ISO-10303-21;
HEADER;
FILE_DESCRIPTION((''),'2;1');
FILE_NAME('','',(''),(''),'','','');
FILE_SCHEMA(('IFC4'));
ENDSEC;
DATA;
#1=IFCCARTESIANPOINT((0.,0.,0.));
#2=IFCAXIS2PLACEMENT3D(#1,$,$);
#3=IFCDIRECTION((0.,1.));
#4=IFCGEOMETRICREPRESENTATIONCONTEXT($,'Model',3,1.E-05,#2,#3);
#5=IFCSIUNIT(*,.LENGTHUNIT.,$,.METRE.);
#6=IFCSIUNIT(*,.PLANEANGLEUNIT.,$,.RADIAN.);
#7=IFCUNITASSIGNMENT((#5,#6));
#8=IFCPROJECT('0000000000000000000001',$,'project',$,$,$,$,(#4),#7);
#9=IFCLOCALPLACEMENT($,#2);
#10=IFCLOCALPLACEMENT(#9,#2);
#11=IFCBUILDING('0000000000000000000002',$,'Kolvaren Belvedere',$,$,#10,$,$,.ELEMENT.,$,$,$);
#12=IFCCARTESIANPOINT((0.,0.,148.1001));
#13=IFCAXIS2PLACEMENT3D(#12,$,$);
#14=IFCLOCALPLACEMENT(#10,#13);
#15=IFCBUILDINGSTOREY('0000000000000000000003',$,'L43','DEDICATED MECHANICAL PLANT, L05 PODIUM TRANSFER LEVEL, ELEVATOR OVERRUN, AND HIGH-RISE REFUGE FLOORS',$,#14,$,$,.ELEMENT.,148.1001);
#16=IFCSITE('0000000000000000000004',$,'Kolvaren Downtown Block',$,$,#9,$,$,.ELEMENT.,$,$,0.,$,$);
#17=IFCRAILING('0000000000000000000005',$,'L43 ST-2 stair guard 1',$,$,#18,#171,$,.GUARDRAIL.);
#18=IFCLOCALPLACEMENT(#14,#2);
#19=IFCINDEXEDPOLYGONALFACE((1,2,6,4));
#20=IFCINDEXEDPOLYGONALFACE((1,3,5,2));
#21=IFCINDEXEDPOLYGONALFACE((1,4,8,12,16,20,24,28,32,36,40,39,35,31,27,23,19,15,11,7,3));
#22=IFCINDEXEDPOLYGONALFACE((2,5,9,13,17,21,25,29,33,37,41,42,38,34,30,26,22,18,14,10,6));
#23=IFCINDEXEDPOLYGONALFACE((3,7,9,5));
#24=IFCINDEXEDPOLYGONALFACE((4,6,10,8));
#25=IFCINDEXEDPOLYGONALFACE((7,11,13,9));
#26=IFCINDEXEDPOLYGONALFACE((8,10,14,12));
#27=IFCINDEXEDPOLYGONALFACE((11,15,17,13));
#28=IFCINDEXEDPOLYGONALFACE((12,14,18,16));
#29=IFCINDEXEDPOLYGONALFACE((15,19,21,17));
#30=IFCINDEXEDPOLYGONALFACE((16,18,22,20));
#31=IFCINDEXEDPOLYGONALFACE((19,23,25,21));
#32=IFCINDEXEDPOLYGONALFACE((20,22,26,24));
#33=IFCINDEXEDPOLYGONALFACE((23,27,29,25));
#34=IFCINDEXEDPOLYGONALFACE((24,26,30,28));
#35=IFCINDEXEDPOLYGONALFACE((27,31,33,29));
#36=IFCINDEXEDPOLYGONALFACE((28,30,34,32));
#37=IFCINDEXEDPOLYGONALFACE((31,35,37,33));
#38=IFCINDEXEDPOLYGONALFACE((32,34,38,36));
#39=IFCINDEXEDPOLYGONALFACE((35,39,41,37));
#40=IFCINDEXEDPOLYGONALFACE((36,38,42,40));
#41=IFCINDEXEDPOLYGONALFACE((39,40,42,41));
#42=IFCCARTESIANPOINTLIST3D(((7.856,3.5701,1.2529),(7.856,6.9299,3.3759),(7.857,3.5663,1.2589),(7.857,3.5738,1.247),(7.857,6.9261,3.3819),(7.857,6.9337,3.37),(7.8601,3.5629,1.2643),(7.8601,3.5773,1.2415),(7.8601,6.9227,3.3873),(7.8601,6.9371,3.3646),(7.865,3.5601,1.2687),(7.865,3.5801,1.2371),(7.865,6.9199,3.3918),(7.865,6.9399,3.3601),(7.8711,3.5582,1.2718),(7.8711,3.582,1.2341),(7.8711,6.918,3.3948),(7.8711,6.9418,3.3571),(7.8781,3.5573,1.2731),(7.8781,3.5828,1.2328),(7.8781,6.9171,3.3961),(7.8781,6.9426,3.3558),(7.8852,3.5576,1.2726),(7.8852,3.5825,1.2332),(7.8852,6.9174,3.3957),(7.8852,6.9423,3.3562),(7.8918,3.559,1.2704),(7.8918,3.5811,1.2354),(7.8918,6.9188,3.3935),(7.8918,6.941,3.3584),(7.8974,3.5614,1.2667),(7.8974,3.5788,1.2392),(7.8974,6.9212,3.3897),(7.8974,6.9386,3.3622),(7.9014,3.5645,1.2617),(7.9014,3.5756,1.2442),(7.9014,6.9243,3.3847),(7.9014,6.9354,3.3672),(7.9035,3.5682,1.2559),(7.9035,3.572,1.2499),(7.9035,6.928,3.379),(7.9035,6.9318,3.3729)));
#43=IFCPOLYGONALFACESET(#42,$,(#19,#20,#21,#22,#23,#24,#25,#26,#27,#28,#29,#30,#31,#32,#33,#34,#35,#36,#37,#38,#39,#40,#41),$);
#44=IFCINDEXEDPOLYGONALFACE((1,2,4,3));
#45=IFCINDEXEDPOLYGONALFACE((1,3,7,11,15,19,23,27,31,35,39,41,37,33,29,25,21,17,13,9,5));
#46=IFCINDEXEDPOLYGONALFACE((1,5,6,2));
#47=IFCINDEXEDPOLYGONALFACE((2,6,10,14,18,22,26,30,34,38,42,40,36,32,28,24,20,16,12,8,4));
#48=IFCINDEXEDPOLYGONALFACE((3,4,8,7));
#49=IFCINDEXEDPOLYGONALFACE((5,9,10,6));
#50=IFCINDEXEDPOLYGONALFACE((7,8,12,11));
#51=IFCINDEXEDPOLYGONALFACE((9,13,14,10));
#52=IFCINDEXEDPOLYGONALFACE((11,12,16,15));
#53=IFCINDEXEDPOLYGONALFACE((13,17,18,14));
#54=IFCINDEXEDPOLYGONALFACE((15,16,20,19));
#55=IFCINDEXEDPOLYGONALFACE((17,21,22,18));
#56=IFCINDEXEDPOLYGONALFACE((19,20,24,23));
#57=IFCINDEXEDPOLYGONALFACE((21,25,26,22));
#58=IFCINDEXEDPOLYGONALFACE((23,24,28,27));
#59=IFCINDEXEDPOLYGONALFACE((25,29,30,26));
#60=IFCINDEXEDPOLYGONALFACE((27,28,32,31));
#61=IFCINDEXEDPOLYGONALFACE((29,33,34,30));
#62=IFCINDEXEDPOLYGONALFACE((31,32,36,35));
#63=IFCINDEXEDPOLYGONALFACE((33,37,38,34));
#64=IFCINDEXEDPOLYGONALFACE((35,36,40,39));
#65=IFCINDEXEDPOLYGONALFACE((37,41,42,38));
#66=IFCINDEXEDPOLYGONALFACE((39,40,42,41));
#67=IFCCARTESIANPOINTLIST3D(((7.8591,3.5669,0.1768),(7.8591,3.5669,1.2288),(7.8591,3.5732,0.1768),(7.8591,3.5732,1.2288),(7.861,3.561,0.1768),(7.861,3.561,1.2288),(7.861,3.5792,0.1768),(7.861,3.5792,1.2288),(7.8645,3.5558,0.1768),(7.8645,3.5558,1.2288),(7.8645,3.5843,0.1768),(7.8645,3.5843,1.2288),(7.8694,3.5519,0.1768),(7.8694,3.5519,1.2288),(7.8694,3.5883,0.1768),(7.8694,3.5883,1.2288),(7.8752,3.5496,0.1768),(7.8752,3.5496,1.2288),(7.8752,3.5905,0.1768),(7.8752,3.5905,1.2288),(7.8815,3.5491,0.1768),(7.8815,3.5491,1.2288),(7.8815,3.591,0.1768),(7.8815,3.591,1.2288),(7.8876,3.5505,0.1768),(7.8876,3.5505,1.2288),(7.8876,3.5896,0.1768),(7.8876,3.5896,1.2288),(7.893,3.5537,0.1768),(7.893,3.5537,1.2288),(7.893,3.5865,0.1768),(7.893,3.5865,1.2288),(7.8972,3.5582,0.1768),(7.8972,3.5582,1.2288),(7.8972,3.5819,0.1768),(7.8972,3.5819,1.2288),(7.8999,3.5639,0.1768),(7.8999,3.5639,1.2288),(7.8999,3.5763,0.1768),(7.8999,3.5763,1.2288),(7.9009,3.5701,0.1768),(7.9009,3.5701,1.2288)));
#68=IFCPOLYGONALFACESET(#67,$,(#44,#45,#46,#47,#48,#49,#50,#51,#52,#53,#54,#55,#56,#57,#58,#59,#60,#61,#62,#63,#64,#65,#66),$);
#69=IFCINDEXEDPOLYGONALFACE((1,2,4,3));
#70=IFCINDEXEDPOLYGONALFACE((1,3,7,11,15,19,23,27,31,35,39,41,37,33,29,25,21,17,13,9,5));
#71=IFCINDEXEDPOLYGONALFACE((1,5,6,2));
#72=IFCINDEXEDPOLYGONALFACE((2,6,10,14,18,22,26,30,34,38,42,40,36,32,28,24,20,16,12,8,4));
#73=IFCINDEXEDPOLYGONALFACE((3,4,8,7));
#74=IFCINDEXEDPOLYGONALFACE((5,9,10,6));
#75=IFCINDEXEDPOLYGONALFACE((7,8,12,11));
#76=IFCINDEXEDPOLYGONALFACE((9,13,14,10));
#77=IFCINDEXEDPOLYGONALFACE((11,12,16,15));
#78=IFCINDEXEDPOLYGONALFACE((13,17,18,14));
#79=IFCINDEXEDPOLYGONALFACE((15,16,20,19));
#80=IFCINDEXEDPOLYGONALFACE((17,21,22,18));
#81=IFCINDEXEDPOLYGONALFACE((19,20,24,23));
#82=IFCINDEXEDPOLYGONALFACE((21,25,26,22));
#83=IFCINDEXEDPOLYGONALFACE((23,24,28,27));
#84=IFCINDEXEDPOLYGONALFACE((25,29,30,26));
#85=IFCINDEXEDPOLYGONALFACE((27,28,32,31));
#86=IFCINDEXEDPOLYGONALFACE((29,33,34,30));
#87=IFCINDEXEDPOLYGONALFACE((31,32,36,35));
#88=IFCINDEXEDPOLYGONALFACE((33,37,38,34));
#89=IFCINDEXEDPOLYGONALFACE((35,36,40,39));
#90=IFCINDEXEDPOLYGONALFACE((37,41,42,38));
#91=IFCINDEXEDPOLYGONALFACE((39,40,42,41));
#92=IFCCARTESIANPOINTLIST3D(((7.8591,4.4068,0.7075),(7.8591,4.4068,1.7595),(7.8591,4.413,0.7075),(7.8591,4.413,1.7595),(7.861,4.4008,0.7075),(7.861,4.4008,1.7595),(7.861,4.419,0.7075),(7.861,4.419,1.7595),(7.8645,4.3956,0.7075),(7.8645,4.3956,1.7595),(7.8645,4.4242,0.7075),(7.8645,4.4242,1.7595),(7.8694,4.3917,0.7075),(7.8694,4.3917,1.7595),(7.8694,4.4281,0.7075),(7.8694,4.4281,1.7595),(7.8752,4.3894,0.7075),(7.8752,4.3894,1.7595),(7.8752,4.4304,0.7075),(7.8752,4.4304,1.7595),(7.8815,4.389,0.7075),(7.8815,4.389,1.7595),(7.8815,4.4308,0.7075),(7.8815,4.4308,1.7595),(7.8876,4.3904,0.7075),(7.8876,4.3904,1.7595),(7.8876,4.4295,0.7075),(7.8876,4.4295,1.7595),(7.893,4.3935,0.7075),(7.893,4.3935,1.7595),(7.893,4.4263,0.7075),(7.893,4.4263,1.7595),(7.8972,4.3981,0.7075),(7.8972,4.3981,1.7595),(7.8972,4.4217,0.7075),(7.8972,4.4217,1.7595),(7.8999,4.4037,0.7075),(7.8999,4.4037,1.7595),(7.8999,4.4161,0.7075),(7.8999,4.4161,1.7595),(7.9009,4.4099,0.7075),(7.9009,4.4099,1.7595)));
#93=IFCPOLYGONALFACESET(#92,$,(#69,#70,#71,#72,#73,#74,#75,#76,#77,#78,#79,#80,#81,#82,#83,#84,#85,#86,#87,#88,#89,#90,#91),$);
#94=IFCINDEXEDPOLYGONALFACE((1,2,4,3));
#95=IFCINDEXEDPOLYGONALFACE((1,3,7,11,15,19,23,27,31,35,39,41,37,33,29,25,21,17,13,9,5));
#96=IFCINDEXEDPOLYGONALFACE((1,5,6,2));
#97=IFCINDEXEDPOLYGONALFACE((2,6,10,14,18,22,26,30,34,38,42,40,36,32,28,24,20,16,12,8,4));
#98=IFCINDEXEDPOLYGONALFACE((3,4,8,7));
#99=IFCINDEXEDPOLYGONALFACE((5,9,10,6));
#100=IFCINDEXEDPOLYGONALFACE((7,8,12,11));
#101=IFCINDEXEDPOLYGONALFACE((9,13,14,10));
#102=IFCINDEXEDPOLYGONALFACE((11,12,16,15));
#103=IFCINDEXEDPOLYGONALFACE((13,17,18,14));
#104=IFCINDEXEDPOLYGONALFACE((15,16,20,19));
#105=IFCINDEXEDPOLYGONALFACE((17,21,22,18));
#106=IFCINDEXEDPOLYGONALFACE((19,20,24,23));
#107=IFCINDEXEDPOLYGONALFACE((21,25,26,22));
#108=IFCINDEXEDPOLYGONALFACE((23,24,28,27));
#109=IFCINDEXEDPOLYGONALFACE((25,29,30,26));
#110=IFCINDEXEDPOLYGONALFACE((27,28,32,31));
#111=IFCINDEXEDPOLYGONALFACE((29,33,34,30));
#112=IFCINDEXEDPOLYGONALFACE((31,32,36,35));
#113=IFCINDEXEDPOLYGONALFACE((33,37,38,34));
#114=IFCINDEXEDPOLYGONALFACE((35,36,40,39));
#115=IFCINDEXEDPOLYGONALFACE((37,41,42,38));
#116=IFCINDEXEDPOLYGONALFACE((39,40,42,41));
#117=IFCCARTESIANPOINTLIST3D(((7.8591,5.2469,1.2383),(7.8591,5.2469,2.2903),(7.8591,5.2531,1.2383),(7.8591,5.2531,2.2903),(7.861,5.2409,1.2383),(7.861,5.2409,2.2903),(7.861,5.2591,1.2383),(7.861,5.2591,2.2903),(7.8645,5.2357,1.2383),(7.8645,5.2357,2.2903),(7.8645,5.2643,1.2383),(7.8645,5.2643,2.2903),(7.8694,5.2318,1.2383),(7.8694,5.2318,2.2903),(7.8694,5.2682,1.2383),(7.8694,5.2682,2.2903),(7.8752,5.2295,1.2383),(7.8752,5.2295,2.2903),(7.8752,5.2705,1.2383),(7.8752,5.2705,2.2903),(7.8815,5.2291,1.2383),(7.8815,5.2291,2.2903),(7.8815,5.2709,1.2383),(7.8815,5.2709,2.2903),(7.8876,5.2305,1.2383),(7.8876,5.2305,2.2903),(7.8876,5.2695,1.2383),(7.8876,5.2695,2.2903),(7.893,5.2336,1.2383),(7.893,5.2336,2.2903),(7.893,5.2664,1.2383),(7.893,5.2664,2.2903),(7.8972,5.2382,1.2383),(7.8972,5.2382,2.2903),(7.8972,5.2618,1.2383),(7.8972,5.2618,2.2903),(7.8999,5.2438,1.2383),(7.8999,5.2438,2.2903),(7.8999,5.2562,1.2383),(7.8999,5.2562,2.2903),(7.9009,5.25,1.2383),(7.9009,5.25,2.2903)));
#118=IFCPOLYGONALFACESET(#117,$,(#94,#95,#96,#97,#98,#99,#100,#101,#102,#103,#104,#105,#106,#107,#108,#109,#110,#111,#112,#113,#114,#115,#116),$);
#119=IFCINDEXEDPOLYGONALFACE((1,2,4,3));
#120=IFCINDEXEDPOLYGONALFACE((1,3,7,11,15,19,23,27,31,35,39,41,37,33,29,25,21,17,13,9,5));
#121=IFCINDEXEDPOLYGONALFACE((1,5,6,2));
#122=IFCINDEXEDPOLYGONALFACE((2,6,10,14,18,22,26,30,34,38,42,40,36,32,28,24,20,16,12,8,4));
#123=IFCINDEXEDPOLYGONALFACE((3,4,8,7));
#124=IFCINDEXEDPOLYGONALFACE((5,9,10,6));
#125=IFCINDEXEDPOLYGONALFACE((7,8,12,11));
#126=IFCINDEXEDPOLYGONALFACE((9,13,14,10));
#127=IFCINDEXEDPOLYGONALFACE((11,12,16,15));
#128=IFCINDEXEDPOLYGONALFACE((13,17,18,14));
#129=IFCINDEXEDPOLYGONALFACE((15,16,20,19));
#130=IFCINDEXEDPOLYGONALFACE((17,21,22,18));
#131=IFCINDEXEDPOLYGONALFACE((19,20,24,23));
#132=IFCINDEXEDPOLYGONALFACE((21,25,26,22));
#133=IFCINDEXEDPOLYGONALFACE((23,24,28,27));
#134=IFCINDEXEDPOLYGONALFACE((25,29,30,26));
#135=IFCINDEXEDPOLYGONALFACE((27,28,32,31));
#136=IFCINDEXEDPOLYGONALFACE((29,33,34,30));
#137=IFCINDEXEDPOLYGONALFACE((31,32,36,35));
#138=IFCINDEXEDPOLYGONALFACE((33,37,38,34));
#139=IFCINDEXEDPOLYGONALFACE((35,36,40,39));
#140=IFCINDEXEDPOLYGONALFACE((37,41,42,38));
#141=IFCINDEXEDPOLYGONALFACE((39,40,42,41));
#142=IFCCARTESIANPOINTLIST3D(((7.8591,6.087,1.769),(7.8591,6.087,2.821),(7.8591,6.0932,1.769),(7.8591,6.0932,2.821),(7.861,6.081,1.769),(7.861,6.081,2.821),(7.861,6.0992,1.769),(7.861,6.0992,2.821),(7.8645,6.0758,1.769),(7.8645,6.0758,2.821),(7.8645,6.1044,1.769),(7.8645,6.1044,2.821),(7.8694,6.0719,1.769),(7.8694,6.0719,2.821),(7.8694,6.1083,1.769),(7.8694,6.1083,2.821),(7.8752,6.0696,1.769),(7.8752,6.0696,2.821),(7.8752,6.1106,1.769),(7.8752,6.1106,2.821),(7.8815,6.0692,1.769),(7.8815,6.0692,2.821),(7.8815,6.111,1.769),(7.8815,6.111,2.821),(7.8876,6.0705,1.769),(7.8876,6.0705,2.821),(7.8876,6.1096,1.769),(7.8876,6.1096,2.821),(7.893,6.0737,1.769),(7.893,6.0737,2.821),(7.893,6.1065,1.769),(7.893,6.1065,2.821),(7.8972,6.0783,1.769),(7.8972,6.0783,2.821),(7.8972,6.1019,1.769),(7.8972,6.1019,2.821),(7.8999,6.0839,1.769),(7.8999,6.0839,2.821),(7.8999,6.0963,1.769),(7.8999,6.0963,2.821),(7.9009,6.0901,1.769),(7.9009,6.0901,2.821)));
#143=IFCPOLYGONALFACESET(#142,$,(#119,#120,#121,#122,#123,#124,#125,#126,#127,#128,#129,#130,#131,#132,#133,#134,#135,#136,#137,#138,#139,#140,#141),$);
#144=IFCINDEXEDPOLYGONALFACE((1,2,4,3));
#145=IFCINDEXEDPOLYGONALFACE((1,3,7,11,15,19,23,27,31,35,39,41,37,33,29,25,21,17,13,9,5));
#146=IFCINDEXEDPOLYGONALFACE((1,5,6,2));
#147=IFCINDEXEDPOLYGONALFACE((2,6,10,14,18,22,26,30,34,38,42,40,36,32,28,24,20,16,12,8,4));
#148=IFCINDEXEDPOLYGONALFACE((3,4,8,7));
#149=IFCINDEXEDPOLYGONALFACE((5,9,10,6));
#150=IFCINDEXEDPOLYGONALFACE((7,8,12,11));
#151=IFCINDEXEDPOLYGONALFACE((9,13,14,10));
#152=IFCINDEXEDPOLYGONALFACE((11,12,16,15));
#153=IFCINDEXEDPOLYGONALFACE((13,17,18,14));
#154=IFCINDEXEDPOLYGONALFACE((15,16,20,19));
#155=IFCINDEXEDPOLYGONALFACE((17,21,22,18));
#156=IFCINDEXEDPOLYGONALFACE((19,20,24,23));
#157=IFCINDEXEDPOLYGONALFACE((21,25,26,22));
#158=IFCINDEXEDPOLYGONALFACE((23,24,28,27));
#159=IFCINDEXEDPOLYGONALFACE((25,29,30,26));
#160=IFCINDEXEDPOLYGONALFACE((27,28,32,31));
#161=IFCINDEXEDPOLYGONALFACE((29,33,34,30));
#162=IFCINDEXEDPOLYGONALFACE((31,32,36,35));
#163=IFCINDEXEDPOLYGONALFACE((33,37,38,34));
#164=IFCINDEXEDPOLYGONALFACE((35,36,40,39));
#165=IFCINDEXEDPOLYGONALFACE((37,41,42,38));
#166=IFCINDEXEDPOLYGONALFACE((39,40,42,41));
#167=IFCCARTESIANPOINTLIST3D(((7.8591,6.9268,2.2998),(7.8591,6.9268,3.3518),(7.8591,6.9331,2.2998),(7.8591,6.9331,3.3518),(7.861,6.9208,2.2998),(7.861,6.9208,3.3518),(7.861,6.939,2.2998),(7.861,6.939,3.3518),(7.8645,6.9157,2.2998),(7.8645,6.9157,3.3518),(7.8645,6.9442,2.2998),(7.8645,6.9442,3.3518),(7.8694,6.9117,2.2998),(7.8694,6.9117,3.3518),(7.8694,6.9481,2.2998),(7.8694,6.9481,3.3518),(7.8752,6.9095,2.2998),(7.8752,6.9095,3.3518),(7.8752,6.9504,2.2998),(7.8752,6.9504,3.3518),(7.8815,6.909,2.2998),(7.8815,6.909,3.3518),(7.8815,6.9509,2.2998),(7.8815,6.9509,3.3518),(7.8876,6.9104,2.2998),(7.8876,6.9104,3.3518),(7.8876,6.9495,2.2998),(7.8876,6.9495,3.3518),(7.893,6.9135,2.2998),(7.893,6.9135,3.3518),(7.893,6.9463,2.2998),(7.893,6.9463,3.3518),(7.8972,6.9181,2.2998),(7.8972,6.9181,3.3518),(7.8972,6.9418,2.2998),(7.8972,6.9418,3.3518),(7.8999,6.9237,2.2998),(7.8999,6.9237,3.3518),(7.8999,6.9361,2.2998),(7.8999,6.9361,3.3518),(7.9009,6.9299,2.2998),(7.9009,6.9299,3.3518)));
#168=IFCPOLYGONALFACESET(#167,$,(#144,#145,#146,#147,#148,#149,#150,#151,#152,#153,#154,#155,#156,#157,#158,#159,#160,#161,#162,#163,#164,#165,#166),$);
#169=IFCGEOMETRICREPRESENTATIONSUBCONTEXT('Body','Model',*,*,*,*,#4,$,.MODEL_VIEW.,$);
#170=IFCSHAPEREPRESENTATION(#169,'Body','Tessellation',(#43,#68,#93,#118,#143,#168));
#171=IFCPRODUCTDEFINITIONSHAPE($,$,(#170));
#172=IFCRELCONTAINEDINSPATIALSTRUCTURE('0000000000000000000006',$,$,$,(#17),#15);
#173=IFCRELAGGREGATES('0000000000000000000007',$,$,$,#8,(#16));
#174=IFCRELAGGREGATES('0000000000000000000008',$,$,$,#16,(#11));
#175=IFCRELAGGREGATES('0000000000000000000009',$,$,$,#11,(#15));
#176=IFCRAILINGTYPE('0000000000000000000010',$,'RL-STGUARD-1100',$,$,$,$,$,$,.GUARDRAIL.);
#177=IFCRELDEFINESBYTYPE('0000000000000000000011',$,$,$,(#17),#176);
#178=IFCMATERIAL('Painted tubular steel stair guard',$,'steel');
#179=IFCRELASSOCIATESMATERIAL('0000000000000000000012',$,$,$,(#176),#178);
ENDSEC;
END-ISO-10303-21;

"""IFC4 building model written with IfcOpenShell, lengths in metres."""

from ifc_helpers import new_model, si_unit, direction, frame, origin, origin_2d, place, context, subcontext, project, spatial, circle, extrude, material, type_object, element, save


model = new_model("IFC4")

# Units and contexts
model_context = context("Model", 3, precision=1e-05, world=origin(), true_north=direction((0.0, 1.0)))
body_context = subcontext(model_context, "Body", "Model", "MODEL_VIEW")
ifc_project = project(units=[si_unit("LENGTHUNIT", "METRE"), si_unit("PLANEANGLEUNIT", "RADIAN")], contexts=[model_context])

# Site, building, storey
site_placement = place(None, origin())
site = spatial("IfcSite", under=ifc_project, at=site_placement, Name="Kolvaren Downtown Block", CompositionType="ELEMENT", RefElevation=0.0)
building_placement = place(site_placement, origin())
building = spatial("IfcBuilding", under=site, at=building_placement, Name="Kolvaren Belvedere", CompositionType="ELEMENT")
storey_placement = place(building_placement, frame((0.0, 0.0, 148.1001)))
storey = spatial("IfcBuildingStorey", under=building, at=storey_placement, Name="L43", Description="DEDICATED MECHANICAL PLANT, L05 PODIUM TRANSFER LEVEL, ELEVATOR OVERRUN, AND HIGH-RISE REFUGE FLOORS", CompositionType="ELEMENT", Elevation=148.1001)

# Railing
ifc_material_1 = material(Name="Painted tubular steel stair guard", Category="steel")
railing_type_1 = type_object("IfcRailingType", Name="RL-STGUARD-1100", PredefinedType="GUARDRAIL", material=ifc_material_1)
railing_1_placement = place(storey_placement, frame((7.8799, 3.5701, 0.1768)))
element("IfcRailing", 1, at=railing_1_placement, inside=storey, type_object=railing_type_1, Name="L43 ST-2 stair guard 1", PredefinedType="GUARDRAIL", context=body_context, shape_type="SweptSolid", body=[
    extrude(circle(Radius=0.0239, at=origin_2d()), frame((0.0, 0.0, 1.0762), z_axis=(0.0, 0.845372, 0.534178), x_axis=(-1.0, 0.0, 0.0)), (0.0, 0.0, 1.0), 3.9744),
    extrude(circle(Radius=0.021, at=origin_2d()), origin(), (0.0, 0.0, 1.0), 1.052),
    extrude(circle(Radius=0.021, at=origin_2d()), frame((0.0, 0.8398, 0.5308)), (0.0, 0.0, 1.0), 1.052),
    extrude(circle(Radius=0.021, at=origin_2d()), frame((0.0, 1.6799, 1.0615)), (0.0, 0.0, 1.0), 1.052),
    extrude(circle(Radius=0.021, at=origin_2d()), frame((0.0, 2.52, 1.5923)), (0.0, 0.0, 1.0), 1.052),
    extrude(circle(Radius=0.021, at=origin_2d()), frame((0.0, 3.3599, 2.123)), (0.0, 0.0, 1.0), 1.052),
])

save(model, "model.ifc")
